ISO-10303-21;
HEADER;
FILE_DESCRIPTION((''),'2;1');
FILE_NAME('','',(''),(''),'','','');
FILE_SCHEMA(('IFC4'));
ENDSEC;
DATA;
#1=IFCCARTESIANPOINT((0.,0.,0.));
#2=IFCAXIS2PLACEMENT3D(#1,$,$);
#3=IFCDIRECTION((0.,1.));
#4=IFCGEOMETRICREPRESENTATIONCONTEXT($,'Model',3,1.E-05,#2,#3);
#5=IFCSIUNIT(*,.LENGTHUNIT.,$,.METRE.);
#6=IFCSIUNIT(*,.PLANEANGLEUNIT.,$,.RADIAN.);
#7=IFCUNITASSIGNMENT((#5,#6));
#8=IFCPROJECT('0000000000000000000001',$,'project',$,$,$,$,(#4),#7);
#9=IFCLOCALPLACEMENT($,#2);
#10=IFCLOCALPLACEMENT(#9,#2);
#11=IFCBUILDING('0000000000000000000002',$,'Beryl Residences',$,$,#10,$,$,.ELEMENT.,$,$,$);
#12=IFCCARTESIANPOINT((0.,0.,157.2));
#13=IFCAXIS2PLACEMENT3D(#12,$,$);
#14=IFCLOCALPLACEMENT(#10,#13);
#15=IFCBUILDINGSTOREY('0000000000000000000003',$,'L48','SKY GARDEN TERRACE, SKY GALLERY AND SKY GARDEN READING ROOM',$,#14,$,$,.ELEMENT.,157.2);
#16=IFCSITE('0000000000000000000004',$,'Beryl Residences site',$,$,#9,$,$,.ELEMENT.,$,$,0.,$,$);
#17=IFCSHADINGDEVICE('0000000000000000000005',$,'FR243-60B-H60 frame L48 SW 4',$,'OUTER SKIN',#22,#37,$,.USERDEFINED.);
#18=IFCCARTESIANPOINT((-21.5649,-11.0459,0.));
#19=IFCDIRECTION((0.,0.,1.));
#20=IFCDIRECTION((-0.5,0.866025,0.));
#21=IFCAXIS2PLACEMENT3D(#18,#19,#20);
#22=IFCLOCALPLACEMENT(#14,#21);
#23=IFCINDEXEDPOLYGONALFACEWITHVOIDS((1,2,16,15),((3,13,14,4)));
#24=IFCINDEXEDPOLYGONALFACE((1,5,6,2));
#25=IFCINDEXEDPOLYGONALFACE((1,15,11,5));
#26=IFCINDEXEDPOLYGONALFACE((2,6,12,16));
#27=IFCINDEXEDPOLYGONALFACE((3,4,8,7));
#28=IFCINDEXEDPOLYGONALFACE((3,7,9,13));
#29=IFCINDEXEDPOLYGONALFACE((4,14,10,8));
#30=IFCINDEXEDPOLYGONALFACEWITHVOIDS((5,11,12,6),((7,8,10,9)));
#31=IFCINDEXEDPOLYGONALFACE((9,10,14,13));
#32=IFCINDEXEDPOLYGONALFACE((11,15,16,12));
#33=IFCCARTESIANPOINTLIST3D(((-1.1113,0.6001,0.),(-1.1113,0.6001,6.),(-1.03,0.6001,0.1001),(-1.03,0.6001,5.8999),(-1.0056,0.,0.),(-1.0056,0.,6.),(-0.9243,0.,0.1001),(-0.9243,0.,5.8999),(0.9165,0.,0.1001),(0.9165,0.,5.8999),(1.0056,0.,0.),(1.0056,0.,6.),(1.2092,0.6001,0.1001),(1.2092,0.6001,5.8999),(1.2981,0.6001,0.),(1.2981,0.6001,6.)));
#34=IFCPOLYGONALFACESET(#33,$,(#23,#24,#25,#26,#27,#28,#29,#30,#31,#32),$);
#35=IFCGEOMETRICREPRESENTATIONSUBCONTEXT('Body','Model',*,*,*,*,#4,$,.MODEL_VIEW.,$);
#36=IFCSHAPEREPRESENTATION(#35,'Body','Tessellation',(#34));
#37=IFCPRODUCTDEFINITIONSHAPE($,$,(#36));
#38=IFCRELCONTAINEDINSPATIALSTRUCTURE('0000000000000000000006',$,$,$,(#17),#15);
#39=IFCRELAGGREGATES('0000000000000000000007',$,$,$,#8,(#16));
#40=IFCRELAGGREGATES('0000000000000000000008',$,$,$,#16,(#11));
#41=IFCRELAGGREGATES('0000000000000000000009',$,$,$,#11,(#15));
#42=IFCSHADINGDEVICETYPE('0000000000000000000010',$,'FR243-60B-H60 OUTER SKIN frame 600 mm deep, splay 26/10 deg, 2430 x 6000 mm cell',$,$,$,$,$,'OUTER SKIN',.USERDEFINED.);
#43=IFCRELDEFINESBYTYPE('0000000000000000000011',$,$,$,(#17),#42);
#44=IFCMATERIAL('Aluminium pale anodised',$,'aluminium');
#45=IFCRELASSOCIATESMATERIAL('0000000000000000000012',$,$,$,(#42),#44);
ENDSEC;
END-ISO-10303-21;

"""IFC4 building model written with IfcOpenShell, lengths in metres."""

from ifc_helpers import new_model, entity, si_unit, direction, frame, origin, place, context, subcontext, project, spatial, source, transform, mapped, material, type_object, type_shapes, element, save


model = new_model("IFC4")

# Units and contexts
model_context = context("Model", 3, precision=1e-05, world=origin(), true_north=direction((0.0, 1.0)))
body_context = subcontext(model_context, "Body", "Model", "MODEL_VIEW")
ifc_project = project(units=[si_unit("LENGTHUNIT", "METRE"), si_unit("PLANEANGLEUNIT", "RADIAN")], contexts=[model_context])

# Site, building, storey
site_placement = place(None, origin())
site = spatial("IfcSite", under=ifc_project, at=site_placement, Name="Beryl Residences site", CompositionType="ELEMENT", RefElevation=0.0)
building_placement = place(site_placement, origin())
building = spatial("IfcBuilding", under=site, at=building_placement, Name="Beryl Residences", CompositionType="ELEMENT")
storey_placement = place(building_placement, frame((0.0, 0.0, 157.2)))
storey = spatial("IfcBuildingStorey", under=building, at=storey_placement, Name="L48", Description="SKY GARDEN TERRACE, SKY GALLERY AND SKY GARDEN READING ROOM", CompositionType="ELEMENT", Elevation=157.2)

# Shading device
ifc_material_1 = material(Name="Aluminium pale anodised", Category="aluminium")
shading_device_type = type_object("IfcShadingDeviceType", Name="FR243-60B-H60 OUTER SKIN frame 600 mm deep, splay 26/10 deg, 2430 x 6000 mm cell", ElementType="OUTER SKIN", PredefinedType="USERDEFINED", material=ifc_material_1)
cartesian_point_1 = entity("IfcCartesianPoint", [-1.0056, 0.0])
cartesian_point_2 = entity("IfcCartesianPoint", [-0.9165, 0.1001])
cartesian_point_3 = entity("IfcCartesianPoint", [-1.2981, 0.0])
cartesian_point_4 = entity("IfcCartesianPoint", [-1.2092, 0.1001])
shared_shape = source(origin(), body_context, "Body", "SweptSolid", [
    entity("IfcExtrudedAreaSolidTapered", entity("IfcArbitraryProfileDefWithVoids", "AREA", None, entity("IfcPolyline", [cartesian_point_1, entity("IfcCartesianPoint", [1.0056, 0.0]), entity("IfcCartesianPoint", [1.0056, 6.0]), entity("IfcCartesianPoint", [-1.0056, 6.0]), cartesian_point_1]), [entity("IfcPolyline", [cartesian_point_2, entity("IfcCartesianPoint", [0.9243, 0.1001]), entity("IfcCartesianPoint", [0.9243, 5.8999]), entity("IfcCartesianPoint", [-0.9165, 5.8999]), cartesian_point_2])]), entity("IfcAxis2Placement3D", entity("IfcCartesianPoint", [0.0, 0.0, 0.0]), entity("IfcDirection", [0.0, 1.0, 0.0]), entity("IfcDirection", [-1.0, 0.0, 0.0])), entity("IfcDirection", [0.0, 0.0, 1.0]), 0.6001, entity("IfcArbitraryProfileDefWithVoids", "AREA", None, entity("IfcPolyline", [cartesian_point_3, entity("IfcCartesianPoint", [1.1113, 0.0]), entity("IfcCartesianPoint", [1.1113, 6.0]), entity("IfcCartesianPoint", [-1.2981, 6.0]), cartesian_point_3]), [entity("IfcPolyline", [cartesian_point_4, entity("IfcCartesianPoint", [1.03, 0.1001]), entity("IfcCartesianPoint", [1.03, 5.8999]), entity("IfcCartesianPoint", [-1.2092, 5.8999]), cartesian_point_4])])),
])
type_shapes(shading_device_type, [shared_shape])
shading_device_placement = place(storey_placement, frame((-21.5649, -11.0459, 0.0), z_axis=(0.0, 0.0, 1.0), x_axis=(-0.5, 0.866025, 0.0)))
element("IfcShadingDevice", 1, at=shading_device_placement, inside=storey, type_object=shading_device_type, Name="FR243-60B-H60 frame L48 SW 4", ObjectType="OUTER SKIN", PredefinedType="USERDEFINED", context=body_context, shape_type="MappedRepresentation", body=[
    mapped(shared_shape, transform((0.0, 0.0, 0.0))),
])

save(model, "model.ifc")
